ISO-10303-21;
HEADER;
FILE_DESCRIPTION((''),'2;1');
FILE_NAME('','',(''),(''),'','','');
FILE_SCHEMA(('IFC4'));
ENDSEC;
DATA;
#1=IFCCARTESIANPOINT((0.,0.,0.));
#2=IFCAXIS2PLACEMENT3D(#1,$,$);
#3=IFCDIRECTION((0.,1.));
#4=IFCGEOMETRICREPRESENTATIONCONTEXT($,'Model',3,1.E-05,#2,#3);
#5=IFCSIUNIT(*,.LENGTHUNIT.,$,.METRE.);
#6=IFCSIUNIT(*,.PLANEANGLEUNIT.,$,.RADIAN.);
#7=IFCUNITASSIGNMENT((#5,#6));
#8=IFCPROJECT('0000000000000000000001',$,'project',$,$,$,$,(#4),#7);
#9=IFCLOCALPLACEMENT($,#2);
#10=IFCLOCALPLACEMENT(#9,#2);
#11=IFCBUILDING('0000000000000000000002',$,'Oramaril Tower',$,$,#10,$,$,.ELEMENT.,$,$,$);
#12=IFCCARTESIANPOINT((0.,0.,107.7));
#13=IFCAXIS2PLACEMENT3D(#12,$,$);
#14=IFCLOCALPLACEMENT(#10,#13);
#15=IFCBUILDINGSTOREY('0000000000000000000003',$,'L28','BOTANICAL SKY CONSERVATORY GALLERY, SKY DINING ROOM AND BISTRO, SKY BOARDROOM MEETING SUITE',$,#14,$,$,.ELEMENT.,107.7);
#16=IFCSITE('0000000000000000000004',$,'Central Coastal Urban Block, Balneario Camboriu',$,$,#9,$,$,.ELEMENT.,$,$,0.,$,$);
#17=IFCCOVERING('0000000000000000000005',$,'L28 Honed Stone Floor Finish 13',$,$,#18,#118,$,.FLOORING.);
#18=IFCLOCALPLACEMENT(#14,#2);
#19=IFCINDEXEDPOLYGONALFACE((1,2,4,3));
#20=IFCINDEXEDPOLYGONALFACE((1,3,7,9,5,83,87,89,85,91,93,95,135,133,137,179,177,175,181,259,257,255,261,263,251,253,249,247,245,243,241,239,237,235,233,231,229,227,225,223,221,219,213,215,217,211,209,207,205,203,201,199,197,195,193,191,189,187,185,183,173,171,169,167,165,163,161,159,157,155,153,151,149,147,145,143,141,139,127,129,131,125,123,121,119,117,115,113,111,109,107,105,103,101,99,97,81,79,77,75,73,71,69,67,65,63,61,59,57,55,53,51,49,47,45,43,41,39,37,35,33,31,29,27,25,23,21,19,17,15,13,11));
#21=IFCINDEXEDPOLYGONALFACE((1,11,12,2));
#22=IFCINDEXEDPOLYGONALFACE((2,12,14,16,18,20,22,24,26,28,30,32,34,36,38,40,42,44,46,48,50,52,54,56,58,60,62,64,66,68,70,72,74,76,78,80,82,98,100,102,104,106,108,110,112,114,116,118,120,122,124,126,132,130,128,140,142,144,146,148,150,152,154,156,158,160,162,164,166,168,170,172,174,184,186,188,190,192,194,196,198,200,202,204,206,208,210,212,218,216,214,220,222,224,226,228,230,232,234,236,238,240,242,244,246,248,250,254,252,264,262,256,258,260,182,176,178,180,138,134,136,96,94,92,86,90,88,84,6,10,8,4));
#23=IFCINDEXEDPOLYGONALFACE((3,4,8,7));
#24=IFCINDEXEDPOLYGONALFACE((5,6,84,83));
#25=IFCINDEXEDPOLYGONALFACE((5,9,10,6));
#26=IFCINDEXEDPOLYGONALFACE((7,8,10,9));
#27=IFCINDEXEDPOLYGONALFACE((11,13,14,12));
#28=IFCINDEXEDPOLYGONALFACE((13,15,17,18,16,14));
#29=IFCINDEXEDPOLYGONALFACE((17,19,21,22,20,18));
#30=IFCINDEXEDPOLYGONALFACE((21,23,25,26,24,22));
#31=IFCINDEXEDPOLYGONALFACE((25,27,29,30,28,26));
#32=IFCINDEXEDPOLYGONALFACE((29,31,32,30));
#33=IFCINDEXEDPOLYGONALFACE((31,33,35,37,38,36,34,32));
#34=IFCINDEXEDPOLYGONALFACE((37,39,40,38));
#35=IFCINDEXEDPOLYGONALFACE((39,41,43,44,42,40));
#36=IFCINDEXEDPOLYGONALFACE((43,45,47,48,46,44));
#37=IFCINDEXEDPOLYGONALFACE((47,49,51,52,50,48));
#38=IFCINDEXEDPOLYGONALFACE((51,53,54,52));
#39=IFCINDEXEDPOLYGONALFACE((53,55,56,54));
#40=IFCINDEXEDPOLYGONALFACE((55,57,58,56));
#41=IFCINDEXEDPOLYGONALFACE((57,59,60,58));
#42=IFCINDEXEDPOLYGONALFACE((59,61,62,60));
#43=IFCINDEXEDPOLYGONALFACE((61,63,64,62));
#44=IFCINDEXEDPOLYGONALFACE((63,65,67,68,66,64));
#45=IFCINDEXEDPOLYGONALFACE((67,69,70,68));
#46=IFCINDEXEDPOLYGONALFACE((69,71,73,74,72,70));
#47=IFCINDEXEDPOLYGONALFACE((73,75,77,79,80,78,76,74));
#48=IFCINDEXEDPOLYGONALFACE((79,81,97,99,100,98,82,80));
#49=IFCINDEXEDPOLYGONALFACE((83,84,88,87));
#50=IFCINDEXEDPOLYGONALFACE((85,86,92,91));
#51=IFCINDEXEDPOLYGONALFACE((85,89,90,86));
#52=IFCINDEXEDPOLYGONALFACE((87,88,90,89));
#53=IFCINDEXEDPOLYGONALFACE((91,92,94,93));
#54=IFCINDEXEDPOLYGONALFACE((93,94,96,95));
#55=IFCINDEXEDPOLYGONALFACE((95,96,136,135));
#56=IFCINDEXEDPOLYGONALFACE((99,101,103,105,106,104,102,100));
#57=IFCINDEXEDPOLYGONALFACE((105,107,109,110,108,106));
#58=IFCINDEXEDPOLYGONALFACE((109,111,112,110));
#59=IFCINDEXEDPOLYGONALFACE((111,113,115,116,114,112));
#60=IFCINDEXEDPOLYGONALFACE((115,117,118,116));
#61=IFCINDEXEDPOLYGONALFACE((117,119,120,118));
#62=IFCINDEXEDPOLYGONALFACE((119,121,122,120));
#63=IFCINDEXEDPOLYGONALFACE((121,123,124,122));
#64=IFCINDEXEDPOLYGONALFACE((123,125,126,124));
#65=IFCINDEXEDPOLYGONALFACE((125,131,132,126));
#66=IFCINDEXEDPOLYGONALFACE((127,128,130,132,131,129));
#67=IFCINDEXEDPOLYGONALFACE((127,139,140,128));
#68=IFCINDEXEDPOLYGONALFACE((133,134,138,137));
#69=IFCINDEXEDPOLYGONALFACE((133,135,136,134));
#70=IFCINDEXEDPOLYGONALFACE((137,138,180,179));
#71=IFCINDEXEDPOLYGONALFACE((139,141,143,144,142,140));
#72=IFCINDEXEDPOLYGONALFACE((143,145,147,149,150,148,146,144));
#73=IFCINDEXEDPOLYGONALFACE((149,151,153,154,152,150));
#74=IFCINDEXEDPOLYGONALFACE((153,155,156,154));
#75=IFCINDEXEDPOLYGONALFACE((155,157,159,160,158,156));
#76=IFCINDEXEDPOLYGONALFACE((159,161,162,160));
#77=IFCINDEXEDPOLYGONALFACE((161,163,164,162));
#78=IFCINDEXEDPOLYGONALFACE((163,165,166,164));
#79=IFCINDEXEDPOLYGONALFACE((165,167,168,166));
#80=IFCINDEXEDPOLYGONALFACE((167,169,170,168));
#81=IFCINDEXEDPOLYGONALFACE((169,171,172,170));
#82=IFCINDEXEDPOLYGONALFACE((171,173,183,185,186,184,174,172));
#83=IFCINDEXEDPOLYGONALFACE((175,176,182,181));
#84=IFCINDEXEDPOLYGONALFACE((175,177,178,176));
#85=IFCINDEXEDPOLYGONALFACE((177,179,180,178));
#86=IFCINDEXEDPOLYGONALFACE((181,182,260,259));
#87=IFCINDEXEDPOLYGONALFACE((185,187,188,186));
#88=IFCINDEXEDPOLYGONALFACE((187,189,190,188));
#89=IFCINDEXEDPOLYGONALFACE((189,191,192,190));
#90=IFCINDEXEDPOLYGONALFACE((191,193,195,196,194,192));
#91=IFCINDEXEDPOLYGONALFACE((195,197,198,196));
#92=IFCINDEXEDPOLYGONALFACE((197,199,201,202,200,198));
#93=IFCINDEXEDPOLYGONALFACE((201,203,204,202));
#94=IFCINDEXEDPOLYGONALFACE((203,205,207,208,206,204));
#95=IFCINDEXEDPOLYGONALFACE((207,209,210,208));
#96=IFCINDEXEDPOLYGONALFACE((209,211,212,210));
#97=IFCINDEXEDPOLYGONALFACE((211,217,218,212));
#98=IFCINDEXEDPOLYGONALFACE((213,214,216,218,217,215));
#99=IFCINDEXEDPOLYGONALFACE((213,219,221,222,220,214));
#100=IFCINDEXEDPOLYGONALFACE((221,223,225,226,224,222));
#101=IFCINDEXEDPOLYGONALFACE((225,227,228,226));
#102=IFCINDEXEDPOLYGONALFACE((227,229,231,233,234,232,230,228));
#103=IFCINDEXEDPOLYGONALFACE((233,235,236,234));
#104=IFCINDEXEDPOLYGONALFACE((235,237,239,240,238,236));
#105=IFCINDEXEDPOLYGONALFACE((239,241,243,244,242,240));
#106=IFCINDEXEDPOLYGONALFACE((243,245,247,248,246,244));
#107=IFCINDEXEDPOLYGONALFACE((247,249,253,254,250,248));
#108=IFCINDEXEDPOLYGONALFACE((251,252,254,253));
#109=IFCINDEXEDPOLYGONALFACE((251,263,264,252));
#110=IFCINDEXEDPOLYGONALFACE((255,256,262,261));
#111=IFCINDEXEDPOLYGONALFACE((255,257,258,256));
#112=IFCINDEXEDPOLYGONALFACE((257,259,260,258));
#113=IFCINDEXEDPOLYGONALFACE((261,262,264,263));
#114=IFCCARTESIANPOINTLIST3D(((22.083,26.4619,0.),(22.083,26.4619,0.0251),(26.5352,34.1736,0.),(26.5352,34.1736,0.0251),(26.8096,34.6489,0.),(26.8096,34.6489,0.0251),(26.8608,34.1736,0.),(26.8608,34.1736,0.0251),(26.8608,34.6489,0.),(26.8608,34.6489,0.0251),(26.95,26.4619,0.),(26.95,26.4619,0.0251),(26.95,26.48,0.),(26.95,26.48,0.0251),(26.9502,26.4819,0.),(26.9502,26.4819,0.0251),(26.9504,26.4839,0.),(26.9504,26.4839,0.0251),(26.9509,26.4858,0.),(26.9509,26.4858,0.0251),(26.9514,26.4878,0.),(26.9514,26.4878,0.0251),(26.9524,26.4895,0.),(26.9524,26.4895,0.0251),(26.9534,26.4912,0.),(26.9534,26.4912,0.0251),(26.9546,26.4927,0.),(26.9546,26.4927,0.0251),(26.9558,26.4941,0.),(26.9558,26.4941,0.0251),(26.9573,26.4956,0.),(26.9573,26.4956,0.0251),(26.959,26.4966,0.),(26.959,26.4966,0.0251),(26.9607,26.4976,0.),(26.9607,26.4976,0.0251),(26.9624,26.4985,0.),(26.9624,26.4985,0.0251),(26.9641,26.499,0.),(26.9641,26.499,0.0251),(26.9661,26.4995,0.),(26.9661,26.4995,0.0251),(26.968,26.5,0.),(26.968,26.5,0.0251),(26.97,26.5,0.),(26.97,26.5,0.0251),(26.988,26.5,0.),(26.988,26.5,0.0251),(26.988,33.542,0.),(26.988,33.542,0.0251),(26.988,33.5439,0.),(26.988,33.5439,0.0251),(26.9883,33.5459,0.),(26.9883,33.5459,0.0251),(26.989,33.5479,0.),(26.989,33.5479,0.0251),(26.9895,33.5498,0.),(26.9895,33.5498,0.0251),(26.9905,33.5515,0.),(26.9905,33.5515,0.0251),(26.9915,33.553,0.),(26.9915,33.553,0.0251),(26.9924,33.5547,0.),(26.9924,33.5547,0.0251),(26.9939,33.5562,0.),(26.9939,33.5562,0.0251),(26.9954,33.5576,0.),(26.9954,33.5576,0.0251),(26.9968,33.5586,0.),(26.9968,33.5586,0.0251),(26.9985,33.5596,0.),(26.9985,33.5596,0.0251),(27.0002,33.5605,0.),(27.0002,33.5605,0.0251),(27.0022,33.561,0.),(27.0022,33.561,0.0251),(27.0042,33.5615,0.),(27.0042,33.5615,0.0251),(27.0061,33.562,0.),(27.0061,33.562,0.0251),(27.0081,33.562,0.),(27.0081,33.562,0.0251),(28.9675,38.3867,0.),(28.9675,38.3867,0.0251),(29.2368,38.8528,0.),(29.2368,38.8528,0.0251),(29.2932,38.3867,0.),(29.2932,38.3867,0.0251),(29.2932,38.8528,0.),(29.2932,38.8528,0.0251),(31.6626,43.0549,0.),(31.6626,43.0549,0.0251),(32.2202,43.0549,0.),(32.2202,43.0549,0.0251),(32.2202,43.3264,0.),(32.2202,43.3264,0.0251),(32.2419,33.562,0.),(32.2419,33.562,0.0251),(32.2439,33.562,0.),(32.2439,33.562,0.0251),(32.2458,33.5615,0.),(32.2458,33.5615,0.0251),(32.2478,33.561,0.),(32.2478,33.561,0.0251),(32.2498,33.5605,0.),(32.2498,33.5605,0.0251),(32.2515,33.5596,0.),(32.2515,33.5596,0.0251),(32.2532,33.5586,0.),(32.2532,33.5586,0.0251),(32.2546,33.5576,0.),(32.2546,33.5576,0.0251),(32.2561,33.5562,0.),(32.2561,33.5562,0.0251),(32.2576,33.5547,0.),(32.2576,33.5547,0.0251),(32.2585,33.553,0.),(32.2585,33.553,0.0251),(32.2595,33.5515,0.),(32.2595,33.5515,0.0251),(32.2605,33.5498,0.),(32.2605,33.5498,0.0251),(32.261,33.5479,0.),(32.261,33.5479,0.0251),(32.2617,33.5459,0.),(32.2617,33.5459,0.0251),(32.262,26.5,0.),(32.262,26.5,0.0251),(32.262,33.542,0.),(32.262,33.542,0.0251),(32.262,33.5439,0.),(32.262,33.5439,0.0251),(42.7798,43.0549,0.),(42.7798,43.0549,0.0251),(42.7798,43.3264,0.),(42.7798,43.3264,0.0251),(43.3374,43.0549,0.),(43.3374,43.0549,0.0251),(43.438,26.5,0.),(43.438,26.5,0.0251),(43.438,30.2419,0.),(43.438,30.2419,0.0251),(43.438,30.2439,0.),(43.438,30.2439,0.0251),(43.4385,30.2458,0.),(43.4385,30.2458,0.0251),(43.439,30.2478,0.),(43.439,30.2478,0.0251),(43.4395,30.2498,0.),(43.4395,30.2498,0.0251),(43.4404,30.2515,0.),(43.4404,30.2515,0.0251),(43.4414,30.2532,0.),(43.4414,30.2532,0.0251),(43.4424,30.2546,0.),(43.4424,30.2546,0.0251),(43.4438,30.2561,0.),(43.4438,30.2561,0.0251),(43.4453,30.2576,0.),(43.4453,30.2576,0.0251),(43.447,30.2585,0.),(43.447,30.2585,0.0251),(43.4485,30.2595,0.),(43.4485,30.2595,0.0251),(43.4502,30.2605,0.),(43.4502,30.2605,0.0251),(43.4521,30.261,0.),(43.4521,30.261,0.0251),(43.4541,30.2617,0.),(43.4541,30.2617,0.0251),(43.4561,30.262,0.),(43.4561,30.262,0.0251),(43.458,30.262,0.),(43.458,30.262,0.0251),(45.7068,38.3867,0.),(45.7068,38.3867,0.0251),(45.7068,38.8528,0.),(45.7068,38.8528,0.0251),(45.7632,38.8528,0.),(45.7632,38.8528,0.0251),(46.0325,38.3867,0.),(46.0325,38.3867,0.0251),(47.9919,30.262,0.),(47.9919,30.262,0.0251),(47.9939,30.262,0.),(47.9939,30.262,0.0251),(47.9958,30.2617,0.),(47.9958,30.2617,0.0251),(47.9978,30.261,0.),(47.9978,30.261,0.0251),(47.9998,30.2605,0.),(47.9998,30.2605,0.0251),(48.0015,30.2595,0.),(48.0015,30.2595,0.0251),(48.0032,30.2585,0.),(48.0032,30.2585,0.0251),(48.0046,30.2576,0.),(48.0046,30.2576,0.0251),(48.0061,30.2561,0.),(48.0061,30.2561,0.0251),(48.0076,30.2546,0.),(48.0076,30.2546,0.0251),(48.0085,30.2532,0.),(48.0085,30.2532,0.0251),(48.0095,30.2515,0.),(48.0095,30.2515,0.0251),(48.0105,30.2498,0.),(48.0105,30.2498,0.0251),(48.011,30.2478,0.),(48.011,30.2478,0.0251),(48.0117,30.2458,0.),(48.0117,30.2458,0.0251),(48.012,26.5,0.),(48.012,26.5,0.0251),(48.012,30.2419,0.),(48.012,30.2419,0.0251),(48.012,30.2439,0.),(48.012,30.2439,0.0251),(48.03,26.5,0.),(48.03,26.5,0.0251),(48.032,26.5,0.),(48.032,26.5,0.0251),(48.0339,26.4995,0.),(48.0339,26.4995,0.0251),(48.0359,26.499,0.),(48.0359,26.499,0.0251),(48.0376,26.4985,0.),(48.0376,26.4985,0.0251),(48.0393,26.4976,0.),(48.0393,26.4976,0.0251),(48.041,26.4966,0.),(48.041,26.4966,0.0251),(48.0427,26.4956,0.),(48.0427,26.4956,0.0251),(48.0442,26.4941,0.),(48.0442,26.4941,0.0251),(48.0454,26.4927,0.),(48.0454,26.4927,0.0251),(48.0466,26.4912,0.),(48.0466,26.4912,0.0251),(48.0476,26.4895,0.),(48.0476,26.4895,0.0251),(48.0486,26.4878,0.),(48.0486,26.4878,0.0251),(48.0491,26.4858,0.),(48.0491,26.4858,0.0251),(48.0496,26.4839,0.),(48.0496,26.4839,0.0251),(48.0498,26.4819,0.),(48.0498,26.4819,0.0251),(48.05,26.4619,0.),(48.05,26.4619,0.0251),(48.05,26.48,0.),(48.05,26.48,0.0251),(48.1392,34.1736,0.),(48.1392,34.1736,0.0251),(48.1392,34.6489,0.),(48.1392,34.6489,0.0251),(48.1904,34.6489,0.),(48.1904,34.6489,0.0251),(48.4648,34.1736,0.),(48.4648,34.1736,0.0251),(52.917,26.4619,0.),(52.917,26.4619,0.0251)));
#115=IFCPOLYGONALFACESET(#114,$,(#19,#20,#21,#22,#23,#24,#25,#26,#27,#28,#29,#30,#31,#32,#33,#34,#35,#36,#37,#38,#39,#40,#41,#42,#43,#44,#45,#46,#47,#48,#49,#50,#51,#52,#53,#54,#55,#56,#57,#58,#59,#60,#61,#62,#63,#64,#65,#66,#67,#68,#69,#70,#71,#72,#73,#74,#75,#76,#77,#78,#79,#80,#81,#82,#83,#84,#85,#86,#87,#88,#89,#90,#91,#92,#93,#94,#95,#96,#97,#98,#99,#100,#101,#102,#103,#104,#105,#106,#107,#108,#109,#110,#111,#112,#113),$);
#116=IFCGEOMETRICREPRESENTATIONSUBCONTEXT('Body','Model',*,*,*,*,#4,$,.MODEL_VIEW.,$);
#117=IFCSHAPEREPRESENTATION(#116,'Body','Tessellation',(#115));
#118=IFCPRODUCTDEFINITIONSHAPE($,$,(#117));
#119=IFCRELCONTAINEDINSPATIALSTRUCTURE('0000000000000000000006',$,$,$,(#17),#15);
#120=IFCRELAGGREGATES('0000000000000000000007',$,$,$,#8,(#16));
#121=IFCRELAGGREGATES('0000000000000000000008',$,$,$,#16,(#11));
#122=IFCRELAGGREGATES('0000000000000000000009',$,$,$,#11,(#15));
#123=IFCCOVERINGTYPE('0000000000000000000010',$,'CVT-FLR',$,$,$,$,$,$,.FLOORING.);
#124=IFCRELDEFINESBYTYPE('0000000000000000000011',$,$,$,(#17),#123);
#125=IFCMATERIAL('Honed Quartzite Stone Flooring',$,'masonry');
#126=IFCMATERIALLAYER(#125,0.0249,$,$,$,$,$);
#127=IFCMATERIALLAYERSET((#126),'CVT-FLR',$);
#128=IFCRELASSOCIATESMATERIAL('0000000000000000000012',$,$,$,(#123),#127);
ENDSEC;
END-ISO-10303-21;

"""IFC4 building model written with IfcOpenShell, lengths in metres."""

from ifc_helpers import new_model, si_unit, direction, frame, origin, place, context, subcontext, project, spatial, polyline, outline, extrude, material, layer, layer_set, type_object, element, save


model = new_model("IFC4")

# Units and contexts
model_context = context("Model", 3, precision=1e-05, world=origin(), true_north=direction((0.0, 1.0)))
body_context = subcontext(model_context, "Body", "Model", "MODEL_VIEW")
ifc_project = project(units=[si_unit("LENGTHUNIT", "METRE"), si_unit("PLANEANGLEUNIT", "RADIAN")], contexts=[model_context])

# Site, building, storey
site_placement = place(None, origin())
site = spatial("IfcSite", under=ifc_project, at=site_placement, Name="Central Coastal Urban Block, Balneario Camboriu", CompositionType="ELEMENT", RefElevation=0.0)
building_placement = place(site_placement, origin())
building = spatial("IfcBuilding", under=site, at=building_placement, Name="Oramaril Tower", CompositionType="ELEMENT")
storey_placement = place(building_placement, frame((0.0, 0.0, 107.7)))
storey = spatial("IfcBuildingStorey", under=building, at=storey_placement, Name="L28", Description="BOTANICAL SKY CONSERVATORY GALLERY, SKY DINING ROOM AND BISTRO, SKY BOARDROOM MEETING SUITE", CompositionType="ELEMENT", Elevation=107.7)

# Covering
ifc_material_1 = material(Name="Honed Quartzite Stone Flooring", Category="masonry")
ifc_layer_1 = layer(ifc_material_1, 0.0249)
ifc_layer_set_1 = layer_set([ifc_layer_1], Name="CVT-FLR")
covering_type_1 = type_object("IfcCoveringType", Name="CVT-FLR", PredefinedType="FLOORING", material=ifc_layer_set_1)
covering_1_placement = place(storey_placement, origin())
element("IfcCovering", 1, at=covering_1_placement, inside=storey, type_object=covering_type_1, Name="L28 Honed Stone Floor Finish 13", PredefinedType="FLOORING", context=body_context, shape_type="SweptSolid", body=[
    extrude(outline(polyline([(45.7068, 38.8528), (45.7068, 38.3867), (46.0325, 38.3867), (48.1904, 34.6489), (48.1392, 34.6489), (48.1392, 34.1736), (48.4648, 34.1736), (52.917, 26.4619), (48.05, 26.4619), (48.05, 26.48), (48.0498, 26.4819), (48.0496, 26.4839), (48.0491, 26.4858), (48.0486, 26.4878), (48.0476, 26.4895), (48.0466, 26.4912), (48.0454, 26.4927), (48.0442, 26.4941), (48.0427, 26.4956), (48.041, 26.4966), (48.0393, 26.4976), (48.0376, 26.4985), (48.0359, 26.499), (48.0339, 26.4995), (48.032, 26.5), (48.03, 26.5), (48.012, 26.5), (48.012, 30.2419), (48.012, 30.2439), (48.0117, 30.2458), (48.011, 30.2478), (48.0105, 30.2498), (48.0095, 30.2515), (48.0085, 30.2532), (48.0076, 30.2546), (48.0061, 30.2561), (48.0046, 30.2576), (48.0032, 30.2585), (48.0015, 30.2595), (47.9998, 30.2605), (47.9978, 30.261), (47.9958, 30.2617), (47.9939, 30.262), (47.9919, 30.262), (43.458, 30.262), (43.4561, 30.262), (43.4541, 30.2617), (43.4521, 30.261), (43.4502, 30.2605), (43.4485, 30.2595), (43.447, 30.2585), (43.4453, 30.2576), (43.4438, 30.2561), (43.4424, 30.2546), (43.4414, 30.2532), (43.4404, 30.2515), (43.4395, 30.2498), (43.439, 30.2478), (43.4385, 30.2458), (43.438, 30.2439), (43.438, 30.2419), (43.438, 26.5), (32.262, 26.5), (32.262, 33.542), (32.262, 33.5439), (32.2617, 33.5459), (32.261, 33.5479), (32.2605, 33.5498), (32.2595, 33.5515), (32.2585, 33.553), (32.2576, 33.5547), (32.2561, 33.5562), (32.2546, 33.5576), (32.2532, 33.5586), (32.2515, 33.5596), (32.2498, 33.5605), (32.2478, 33.561), (32.2458, 33.5615), (32.2439, 33.562), (32.2419, 33.562), (27.0081, 33.562), (27.0061, 33.562), (27.0042, 33.5615), (27.0022, 33.561), (27.0002, 33.5605), (26.9985, 33.5596), (26.9968, 33.5586), (26.9954, 33.5576), (26.9939, 33.5562), (26.9924, 33.5547), (26.9915, 33.553), (26.9905, 33.5515), (26.9895, 33.5498), (26.989, 33.5479), (26.9883, 33.5459), (26.988, 33.5439), (26.988, 33.542), (26.988, 26.5), (26.97, 26.5), (26.968, 26.5), (26.9661, 26.4995), (26.9641, 26.499), (26.9624, 26.4985), (26.9607, 26.4976), (26.959, 26.4966), (26.9573, 26.4956), (26.9558, 26.4941), (26.9546, 26.4927), (26.9534, 26.4912), (26.9524, 26.4895), (26.9514, 26.4878), (26.9509, 26.4858), (26.9504, 26.4839), (26.9502, 26.4819), (26.95, 26.48), (26.95, 26.4619), (22.083, 26.4619), (26.5352, 34.1736), (26.8608, 34.1736), (26.8608, 34.6489), (26.8096, 34.6489), (28.9675, 38.3867), (29.2932, 38.3867), (29.2932, 38.8528), (29.2368, 38.8528), (31.6626, 43.0549), (32.2202, 43.0549), (32.2202, 43.3264), (42.7798, 43.3264), (42.7798, 43.0549), (43.3374, 43.0549), (45.7632, 38.8528), (45.7068, 38.8528)])), origin(), (0.0, 0.0, 1.0), 0.0251),
])

save(model, "model.ifc")
